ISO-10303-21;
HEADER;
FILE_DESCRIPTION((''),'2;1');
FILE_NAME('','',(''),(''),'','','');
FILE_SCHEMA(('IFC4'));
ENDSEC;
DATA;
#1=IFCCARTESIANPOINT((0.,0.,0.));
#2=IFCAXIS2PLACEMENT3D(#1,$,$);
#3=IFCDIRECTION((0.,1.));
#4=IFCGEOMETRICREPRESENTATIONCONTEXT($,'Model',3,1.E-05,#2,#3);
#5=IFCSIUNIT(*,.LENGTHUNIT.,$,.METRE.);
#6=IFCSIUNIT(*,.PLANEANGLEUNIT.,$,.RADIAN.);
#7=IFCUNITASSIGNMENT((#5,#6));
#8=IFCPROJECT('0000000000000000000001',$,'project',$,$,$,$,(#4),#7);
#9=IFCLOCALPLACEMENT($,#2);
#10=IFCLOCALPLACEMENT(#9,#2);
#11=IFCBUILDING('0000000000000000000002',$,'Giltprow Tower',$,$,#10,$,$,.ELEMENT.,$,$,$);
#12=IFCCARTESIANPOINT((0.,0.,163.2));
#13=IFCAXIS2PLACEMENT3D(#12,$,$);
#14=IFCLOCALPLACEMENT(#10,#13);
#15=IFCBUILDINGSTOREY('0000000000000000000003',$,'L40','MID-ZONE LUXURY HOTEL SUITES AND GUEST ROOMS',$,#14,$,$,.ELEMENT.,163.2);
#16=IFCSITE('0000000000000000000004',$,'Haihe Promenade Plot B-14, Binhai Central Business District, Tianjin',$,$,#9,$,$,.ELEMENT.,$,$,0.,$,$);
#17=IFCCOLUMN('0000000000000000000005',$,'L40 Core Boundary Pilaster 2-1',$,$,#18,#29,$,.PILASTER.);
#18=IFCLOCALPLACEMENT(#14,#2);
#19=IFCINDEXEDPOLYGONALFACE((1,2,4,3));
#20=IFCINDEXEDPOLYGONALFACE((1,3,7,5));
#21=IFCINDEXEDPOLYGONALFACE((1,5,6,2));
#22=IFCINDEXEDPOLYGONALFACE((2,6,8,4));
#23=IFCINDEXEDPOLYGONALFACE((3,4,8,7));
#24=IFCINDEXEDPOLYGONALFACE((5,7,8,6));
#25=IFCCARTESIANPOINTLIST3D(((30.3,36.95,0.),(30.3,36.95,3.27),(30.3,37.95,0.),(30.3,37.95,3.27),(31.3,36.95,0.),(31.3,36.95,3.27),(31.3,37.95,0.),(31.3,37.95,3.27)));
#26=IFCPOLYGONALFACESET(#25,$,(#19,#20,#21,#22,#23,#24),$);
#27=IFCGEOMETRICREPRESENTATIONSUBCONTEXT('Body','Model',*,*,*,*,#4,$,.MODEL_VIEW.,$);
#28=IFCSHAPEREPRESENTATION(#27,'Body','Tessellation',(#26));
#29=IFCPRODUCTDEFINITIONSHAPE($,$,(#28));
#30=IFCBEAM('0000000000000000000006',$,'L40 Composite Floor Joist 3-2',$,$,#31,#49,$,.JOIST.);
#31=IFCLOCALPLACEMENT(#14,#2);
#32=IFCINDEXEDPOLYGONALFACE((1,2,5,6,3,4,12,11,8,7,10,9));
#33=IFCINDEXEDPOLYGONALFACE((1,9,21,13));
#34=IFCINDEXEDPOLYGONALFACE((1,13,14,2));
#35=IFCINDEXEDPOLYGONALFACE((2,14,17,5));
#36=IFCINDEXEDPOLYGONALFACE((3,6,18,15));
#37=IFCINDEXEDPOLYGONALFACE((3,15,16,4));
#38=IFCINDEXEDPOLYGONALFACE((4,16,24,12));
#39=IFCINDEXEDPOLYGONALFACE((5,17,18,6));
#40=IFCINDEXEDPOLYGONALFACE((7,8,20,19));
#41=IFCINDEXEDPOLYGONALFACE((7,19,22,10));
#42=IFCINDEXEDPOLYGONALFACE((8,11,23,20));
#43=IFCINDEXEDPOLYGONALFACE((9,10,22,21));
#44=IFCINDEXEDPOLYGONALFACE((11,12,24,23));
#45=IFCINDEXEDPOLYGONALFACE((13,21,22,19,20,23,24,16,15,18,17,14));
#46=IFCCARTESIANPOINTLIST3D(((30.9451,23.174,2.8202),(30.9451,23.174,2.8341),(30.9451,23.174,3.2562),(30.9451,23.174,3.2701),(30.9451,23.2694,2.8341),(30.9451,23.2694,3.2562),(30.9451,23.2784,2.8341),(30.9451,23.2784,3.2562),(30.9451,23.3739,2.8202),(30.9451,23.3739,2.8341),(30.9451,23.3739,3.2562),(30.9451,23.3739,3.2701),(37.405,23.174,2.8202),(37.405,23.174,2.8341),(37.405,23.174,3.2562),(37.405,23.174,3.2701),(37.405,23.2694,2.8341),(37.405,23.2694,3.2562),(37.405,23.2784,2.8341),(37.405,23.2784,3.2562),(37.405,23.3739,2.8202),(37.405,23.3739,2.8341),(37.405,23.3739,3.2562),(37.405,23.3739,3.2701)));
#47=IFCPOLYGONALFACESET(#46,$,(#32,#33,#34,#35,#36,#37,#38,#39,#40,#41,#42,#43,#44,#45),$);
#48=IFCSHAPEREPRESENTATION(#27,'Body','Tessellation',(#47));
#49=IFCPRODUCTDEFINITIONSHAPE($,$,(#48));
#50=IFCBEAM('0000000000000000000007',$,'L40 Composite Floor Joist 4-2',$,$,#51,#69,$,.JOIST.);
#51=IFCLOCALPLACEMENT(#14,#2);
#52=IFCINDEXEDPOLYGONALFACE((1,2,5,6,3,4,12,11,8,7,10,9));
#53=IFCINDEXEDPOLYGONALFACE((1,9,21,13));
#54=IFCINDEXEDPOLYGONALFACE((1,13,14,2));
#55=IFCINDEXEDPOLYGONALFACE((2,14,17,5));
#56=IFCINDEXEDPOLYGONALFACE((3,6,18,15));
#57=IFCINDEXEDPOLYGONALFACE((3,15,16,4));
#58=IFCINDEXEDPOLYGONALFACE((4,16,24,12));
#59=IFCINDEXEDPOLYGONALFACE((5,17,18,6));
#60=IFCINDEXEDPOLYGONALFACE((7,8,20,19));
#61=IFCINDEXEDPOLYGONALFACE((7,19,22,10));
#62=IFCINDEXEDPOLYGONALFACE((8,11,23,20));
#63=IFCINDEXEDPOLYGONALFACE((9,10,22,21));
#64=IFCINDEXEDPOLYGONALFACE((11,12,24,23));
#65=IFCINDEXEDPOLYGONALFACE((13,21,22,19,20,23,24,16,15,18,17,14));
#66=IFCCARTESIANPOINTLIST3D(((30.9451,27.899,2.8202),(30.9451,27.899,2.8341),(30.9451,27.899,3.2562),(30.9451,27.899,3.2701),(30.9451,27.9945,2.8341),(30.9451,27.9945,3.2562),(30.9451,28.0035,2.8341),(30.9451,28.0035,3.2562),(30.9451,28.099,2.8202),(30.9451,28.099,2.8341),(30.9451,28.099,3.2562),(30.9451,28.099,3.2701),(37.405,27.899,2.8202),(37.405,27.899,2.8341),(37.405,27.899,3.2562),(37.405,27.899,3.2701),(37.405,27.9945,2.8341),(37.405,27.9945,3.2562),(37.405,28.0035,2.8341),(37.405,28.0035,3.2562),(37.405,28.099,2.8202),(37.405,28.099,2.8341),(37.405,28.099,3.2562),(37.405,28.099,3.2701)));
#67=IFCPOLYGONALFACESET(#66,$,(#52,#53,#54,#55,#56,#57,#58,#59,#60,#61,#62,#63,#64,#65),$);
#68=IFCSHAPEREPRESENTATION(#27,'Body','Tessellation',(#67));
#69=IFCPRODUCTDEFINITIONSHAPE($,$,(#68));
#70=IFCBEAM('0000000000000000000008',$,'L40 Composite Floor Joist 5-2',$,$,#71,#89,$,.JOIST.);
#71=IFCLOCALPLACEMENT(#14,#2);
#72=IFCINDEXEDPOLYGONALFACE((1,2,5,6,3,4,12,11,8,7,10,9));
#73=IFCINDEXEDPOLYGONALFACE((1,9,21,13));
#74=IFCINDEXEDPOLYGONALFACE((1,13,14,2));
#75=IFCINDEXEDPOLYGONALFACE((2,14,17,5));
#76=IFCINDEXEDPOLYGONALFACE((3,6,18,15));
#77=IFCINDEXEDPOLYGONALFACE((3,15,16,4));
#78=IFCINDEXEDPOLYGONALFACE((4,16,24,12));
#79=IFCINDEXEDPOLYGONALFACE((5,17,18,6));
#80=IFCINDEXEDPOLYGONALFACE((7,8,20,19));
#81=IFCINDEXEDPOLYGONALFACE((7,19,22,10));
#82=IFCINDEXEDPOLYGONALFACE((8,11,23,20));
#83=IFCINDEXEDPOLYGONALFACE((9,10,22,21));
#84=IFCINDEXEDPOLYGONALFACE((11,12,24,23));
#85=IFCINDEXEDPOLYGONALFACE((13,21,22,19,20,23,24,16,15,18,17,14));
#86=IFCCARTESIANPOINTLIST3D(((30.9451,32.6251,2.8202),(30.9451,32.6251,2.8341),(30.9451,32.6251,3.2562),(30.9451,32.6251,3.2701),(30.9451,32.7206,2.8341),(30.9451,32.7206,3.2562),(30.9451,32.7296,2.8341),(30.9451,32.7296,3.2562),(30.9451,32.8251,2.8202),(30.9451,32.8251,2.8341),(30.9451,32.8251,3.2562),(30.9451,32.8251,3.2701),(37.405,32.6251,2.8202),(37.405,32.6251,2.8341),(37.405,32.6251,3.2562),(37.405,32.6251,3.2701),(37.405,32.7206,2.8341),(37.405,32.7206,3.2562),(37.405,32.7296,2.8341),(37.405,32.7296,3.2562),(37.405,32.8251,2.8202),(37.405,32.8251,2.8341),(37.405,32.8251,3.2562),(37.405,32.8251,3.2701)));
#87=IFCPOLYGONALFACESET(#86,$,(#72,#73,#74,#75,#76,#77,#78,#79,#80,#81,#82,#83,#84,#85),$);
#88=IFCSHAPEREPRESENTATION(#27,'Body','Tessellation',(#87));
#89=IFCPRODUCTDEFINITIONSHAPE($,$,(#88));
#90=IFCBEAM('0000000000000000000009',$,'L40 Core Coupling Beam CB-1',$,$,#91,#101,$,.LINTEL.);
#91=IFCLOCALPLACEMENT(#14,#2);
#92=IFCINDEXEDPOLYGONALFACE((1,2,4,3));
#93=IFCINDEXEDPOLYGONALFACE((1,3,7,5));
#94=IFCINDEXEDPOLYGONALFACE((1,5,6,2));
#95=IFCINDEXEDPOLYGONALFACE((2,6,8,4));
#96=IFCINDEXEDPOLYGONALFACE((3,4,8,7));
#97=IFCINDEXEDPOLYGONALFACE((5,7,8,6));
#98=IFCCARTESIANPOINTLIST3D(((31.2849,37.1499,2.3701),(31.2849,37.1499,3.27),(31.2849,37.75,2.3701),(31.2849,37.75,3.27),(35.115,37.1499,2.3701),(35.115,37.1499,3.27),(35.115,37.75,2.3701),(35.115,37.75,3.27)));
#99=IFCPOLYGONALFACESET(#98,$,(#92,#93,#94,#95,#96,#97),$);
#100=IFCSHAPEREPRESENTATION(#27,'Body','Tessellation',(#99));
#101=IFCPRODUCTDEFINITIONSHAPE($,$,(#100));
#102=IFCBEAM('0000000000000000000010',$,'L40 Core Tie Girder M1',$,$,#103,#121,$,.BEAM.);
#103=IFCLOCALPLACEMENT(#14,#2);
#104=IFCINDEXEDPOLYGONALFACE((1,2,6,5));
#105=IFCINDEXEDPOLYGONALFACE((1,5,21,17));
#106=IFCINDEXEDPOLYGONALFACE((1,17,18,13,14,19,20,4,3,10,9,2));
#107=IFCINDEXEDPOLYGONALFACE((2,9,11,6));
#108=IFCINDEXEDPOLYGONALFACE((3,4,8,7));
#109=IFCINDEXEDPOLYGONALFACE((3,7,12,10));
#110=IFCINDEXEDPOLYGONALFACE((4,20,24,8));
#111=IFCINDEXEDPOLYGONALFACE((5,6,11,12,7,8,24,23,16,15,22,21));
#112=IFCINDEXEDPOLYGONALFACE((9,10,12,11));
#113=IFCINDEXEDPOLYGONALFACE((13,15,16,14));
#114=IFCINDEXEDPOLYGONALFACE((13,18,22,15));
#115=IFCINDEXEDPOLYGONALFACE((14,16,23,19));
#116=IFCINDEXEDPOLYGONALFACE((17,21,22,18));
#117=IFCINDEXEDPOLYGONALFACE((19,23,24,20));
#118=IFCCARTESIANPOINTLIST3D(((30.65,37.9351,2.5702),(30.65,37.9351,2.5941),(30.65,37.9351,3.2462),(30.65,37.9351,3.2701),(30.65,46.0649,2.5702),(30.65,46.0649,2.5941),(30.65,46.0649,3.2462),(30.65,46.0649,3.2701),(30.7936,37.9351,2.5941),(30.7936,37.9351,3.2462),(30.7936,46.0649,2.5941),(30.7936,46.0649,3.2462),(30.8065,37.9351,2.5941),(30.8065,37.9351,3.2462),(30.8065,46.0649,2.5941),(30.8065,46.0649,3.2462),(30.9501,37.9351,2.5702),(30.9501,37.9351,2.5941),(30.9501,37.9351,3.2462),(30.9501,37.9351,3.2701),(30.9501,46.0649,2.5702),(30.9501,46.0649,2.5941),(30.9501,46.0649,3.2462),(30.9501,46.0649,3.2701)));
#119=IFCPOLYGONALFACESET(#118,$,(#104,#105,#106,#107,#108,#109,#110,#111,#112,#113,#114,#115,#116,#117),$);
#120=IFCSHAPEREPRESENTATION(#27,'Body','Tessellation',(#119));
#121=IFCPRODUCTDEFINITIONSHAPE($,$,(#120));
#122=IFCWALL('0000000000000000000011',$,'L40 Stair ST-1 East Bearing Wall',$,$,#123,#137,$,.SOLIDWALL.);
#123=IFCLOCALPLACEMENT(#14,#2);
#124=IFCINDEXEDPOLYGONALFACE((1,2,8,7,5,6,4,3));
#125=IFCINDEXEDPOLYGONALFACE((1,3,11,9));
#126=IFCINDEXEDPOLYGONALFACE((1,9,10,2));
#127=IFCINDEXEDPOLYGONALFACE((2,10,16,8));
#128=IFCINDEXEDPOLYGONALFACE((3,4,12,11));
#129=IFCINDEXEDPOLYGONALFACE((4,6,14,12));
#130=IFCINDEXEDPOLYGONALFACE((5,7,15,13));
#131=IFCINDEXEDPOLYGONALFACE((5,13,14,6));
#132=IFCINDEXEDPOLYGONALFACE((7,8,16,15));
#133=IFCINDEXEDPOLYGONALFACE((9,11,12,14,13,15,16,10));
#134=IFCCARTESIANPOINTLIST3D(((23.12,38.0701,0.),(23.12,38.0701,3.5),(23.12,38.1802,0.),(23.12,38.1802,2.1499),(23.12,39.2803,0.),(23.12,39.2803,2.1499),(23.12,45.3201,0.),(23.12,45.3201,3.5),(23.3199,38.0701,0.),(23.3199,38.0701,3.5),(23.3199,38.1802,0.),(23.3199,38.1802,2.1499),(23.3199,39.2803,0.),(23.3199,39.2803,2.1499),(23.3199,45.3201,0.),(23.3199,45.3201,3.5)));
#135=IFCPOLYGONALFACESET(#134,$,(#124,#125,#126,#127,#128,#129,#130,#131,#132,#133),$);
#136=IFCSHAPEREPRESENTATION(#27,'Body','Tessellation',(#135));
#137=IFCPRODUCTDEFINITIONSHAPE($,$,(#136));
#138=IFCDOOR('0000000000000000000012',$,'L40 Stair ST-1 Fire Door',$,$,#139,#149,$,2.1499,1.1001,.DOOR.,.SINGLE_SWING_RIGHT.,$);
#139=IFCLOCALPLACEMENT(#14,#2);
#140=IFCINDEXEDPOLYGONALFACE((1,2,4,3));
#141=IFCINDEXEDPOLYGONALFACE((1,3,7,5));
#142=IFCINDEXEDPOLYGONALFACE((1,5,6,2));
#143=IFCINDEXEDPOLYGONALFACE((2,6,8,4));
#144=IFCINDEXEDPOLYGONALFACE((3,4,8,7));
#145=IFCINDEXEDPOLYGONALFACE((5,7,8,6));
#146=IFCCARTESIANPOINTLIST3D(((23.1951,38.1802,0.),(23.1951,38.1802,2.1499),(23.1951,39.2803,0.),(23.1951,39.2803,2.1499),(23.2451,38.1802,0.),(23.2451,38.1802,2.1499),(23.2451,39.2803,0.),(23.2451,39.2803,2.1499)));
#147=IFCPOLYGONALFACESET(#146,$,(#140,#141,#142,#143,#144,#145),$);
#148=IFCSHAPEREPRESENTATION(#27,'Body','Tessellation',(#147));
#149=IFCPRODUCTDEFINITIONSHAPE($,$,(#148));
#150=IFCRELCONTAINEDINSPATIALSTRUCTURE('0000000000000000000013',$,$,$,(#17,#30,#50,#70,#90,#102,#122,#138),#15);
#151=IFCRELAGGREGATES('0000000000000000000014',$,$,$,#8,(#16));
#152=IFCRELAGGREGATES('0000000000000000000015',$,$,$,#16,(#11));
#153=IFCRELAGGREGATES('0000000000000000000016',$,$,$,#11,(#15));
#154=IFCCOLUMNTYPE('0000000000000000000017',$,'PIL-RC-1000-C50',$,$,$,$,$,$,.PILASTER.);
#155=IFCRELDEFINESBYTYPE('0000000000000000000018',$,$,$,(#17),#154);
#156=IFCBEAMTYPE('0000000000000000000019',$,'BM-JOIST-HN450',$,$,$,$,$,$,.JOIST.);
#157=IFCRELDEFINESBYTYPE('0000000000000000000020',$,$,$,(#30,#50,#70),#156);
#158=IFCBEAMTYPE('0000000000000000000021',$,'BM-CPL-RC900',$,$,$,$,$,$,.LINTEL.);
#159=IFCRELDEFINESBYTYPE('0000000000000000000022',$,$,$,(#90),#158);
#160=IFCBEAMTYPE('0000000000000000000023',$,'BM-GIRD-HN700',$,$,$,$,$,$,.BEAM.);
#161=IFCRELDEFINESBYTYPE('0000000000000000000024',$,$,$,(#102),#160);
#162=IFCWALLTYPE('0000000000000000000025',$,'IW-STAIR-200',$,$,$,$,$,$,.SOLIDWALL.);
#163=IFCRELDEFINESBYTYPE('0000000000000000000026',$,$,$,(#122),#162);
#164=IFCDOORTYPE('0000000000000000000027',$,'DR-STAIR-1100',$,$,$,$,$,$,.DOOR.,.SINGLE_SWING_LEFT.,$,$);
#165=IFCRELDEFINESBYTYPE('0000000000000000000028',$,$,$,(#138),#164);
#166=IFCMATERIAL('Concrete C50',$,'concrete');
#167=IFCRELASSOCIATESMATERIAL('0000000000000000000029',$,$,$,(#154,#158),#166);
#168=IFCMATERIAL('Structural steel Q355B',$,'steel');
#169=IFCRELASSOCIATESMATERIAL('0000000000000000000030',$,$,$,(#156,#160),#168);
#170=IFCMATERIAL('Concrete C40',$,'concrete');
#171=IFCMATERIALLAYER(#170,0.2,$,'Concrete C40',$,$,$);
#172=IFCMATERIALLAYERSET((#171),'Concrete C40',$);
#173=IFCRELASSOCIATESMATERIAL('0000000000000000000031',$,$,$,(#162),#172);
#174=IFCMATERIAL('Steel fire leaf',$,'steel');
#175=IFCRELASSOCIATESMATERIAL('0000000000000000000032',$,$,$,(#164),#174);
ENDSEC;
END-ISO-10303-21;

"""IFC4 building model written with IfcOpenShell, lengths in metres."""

from ifc_helpers import new_model, si_unit, direction, frame, frame_2d, origin, origin_2d, place, context, subcontext, project, spatial, rectangle, i_section, extrude, source, transform, mapped, material, layer, layer_set, material_profile, profile_set, type_object, element, fill, save


model = new_model("IFC4")

# Units and contexts
model_context = context("Model", 3, precision=1e-05, world=origin(), true_north=direction((0.0, 1.0)))
body_context = subcontext(model_context, "Body", "Model", "MODEL_VIEW")
ifc_project = project(units=[si_unit("LENGTHUNIT", "METRE"), si_unit("PLANEANGLEUNIT", "RADIAN")], contexts=[model_context])

# Site, building, storey
site_placement = place(None, origin())
site = spatial("IfcSite", under=ifc_project, at=site_placement, Name="Haihe Promenade Plot B-14, Binhai Central Business District, Tianjin", CompositionType="ELEMENT", RefElevation=0.0)
building_placement = place(site_placement, origin())
building = spatial("IfcBuilding", under=site, at=building_placement, Name="Giltprow Tower", CompositionType="ELEMENT")
storey_placement = place(building_placement, frame((0.0, 0.0, 163.2)))
storey = spatial("IfcBuildingStorey", under=building, at=storey_placement, Name="L40", Description="MID-ZONE LUXURY HOTEL SUITES AND GUEST ROOMS", CompositionType="ELEMENT", Elevation=163.2)

# Column
ifc_material_1 = material(Name="Concrete C50", Category="concrete")
ifc_material_profile_1 = material_profile(ifc_material_1, rectangle(XDim=1.0, YDim=1.0, at=origin_2d()), Name="RC 1000x1000")
ifc_profile_set_1 = profile_set([ifc_material_profile_1], Name="Concrete C50")
column_type = type_object("IfcColumnType", Name="PIL-RC-1000-C50", PredefinedType="PILASTER", material=ifc_profile_set_1)
shared_shape_1 = source(origin(), body_context, "Body", "SweptSolid", [
    extrude(rectangle(XDim=1.0, YDim=1.0, at=origin_2d()), origin(), (0.0, 0.0, 1.0), 3.27),
])
column_placement = place(storey_placement, frame((30.8, 37.45, 0.0), z_axis=(0.0, 0.0, 1.0), x_axis=(1.0, 0.0, 0.0)))
element("IfcColumn", 1, at=column_placement, inside=storey, type_object=column_type, Name="L40 Core Boundary Pilaster 2-1", PredefinedType="PILASTER", context=body_context, shape_type="MappedRepresentation", body=[
    mapped(shared_shape_1, transform((0.0, 0.0, 0.0), x_axis=(1.0, 0.0, 0.0), y_axis=(0.0, 1.0, 0.0), z_axis=(0.0, 0.0, 1.0), scale=1.0)),
])

# Beams
ifc_material_2 = material(Name="Structural steel Q355B", Category="steel")
ifc_material_profile_2 = material_profile(ifc_material_2, i_section(OverallWidth=0.2, OverallDepth=0.45, WebThickness=0.009, FlangeThickness=0.0139, at=origin_2d()), Name="HN 450x200x9x14")
ifc_profile_set_2 = profile_set([ifc_material_profile_2], Name="Structural steel Q355B")
beam_type_1 = type_object("IfcBeamType", Name="BM-JOIST-HN450", PredefinedType="JOIST", material=ifc_profile_set_2)
shared_shape_2 = source(origin(), body_context, "Body", "SweptSolid", [
    extrude(i_section(OverallWidth=0.2, OverallDepth=0.45, WebThickness=0.009, FlangeThickness=0.0139, at=origin_2d()), origin(), (0.0, 0.0, 1.0), 6.46),
])
for number, where, z_axis, x_axis, name in (
    (2, (30.9451, 23.2739, 3.0452), (1.0, 0.0, 0.0), (0.0, 1.0, 0.0), "L40 Composite Floor Joist 3-2"),
    (3, (30.9451, 27.999, 3.0452), (1.0, 0.0, 0.0), (0.0, 1.0, 0.0), "L40 Composite Floor Joist 4-2"),
    (4, (30.9451, 32.7251, 3.0452), (1.0, 0.0, 0.0), (0.0, 1.0, 0.0), "L40 Composite Floor Joist 5-2"),
):
    element("IfcBeam", number, at=place(storey_placement, frame(where, z_axis=z_axis, x_axis=x_axis)), inside=storey, type_object=beam_type_1, Name=name, PredefinedType="JOIST", context=body_context, shape_type="MappedRepresentation", body=[
        mapped(shared_shape_2, transform((0.0, 0.0, 0.0), x_axis=(1.0, 0.0, 0.0), y_axis=(0.0, 1.0, 0.0), z_axis=(0.0, 0.0, 1.0), scale=1.0)),
    ])
ifc_material_profile_3 = material_profile(ifc_material_1, rectangle(XDim=0.6001, YDim=0.8999, at=origin_2d()), Name="RC 900x600")
ifc_profile_set_3 = profile_set([ifc_material_profile_3], Name="Concrete C50")
beam_type_2 = type_object("IfcBeamType", Name="BM-CPL-RC900", PredefinedType="LINTEL", material=ifc_profile_set_3)
shared_shape_3 = source(origin(), body_context, "Body", "SweptSolid", [
    extrude(rectangle(XDim=0.6001, YDim=0.8999, at=origin_2d()), origin(), (0.0, 0.0, 1.0), 3.8301),
])
beam_1_placement = place(storey_placement, frame((31.2849, 37.45, 2.8201), z_axis=(1.0, 0.0, 0.0), x_axis=(0.0, 1.0, 0.0)))
element("IfcBeam", 5, at=beam_1_placement, inside=storey, type_object=beam_type_2, Name="L40 Core Coupling Beam CB-1", PredefinedType="LINTEL", context=body_context, shape_type="MappedRepresentation", body=[
    mapped(shared_shape_3, transform((0.0, 0.0, 0.0), x_axis=(1.0, 0.0, 0.0), y_axis=(0.0, 1.0, 0.0), z_axis=(0.0, 0.0, 1.0), scale=1.0)),
])
ifc_material_profile_4 = material_profile(ifc_material_2, i_section(OverallWidth=0.3, OverallDepth=0.7, WebThickness=0.0129, FlangeThickness=0.0239, at=origin_2d()), Name="HN 700x300x13x24")
ifc_profile_set_4 = profile_set([ifc_material_profile_4], Name="Structural steel Q355B")
beam_type_3 = type_object("IfcBeamType", Name="BM-GIRD-HN700", PredefinedType="BEAM", material=ifc_profile_set_4)
shared_shape_4 = source(origin(), body_context, "Body", "SweptSolid", [
    extrude(i_section(OverallWidth=0.3, OverallDepth=0.7, WebThickness=0.0129, FlangeThickness=0.0239, at=origin_2d()), origin(), (0.0, 0.0, 1.0), 8.1299),
])
beam_2_placement = place(storey_placement, frame((30.8, 37.9351, 2.9202), z_axis=(0.0, 1.0, 0.0), x_axis=(-1.0, 0.0, 0.0)))
element("IfcBeam", 6, at=beam_2_placement, inside=storey, type_object=beam_type_3, Name="L40 Core Tie Girder M1", PredefinedType="BEAM", context=body_context, shape_type="MappedRepresentation", body=[
    mapped(shared_shape_4, transform((0.0, 0.0, 0.0), x_axis=(1.0, 0.0, 0.0), y_axis=(0.0, 1.0, 0.0), z_axis=(0.0, 0.0, 1.0), scale=1.0)),
])

# Wall, opening, door
ifc_material_3 = material(Name="Concrete C40", Category="concrete")
ifc_layer_1 = layer(ifc_material_3, 0.2, Name="Concrete C40")
ifc_layer_set_1 = layer_set([ifc_layer_1], Name="Concrete C40")
wall_type_1 = type_object("IfcWallType", Name="IW-STAIR-200", PredefinedType="SOLIDWALL", material=ifc_layer_set_1)
wall_1_placement = place(storey_placement, frame((23.22, 38.0701, 0.0), z_axis=(0.0, 0.0, 1.0), x_axis=(0.0, 1.0, 0.0)))
wall_1 = element("IfcWall", 7, at=wall_1_placement, inside=storey, type_object=wall_type_1, Name="L40 Stair ST-1 East Bearing Wall", PredefinedType="SOLIDWALL", context=body_context, shape_type="SweptSolid", body=[
    extrude(rectangle(XDim=7.25, YDim=0.2, at=frame_2d((3.625, 0.0))), origin(), (0.0, 0.0, 1.0), 3.5),
])
opening_1_placement = place(wall_1_placement, frame((0.1101, 0.0, 0.0)))
opening_1 = element("IfcOpeningElement", 8, at=opening_1_placement, cuts=wall_1, PredefinedType="OPENING", context=body_context, shape_type="SweptSolid", body=[
    extrude(rectangle(XDim=1.1001, YDim=2.1499, at=frame_2d((0.55, 1.075))), frame((0.0, 0.1099, 0.0), z_axis=(0.0, -1.0, 0.0), x_axis=(1.0, 0.0, 0.0)), (0.0, 0.0, 1.0), 0.22),
])
ifc_material_4 = material(Name="Steel fire leaf", Category="steel")
door_type = type_object("IfcDoorType", Name="DR-STAIR-1100", OperationType="SINGLE_SWING_LEFT", PredefinedType="DOOR", material=ifc_material_4)
shared_shape_5 = source(origin(), body_context, "Body", "SweptSolid", [
    extrude(rectangle(XDim=1.1001, YDim=2.1499, at=frame_2d((0.55, 1.075))), frame((0.0, 0.0249, 0.0), z_axis=(0.0, -1.0, 0.0), x_axis=(1.0, 0.0, 0.0)), (0.0, 0.0, 1.0), 0.05),
])
door_1_placement = place(opening_1_placement, origin())
door_1 = element("IfcDoor", 9, at=door_1_placement, inside=storey, type_object=door_type, Name="L40 Stair ST-1 Fire Door", OperationType="SINGLE_SWING_RIGHT", OverallHeight=2.1499, OverallWidth=1.1001, PredefinedType="DOOR", context=body_context, shape_type="MappedRepresentation", body=[
    mapped(shared_shape_5, transform((0.0, 0.0, 0.0), x_axis=(1.0, 0.0, 0.0), y_axis=(0.0, 1.0, 0.0), z_axis=(0.0, 0.0, 1.0), scale=1.0)),
])
fill(opening_1, door_1)

save(model, "model.ifc")
